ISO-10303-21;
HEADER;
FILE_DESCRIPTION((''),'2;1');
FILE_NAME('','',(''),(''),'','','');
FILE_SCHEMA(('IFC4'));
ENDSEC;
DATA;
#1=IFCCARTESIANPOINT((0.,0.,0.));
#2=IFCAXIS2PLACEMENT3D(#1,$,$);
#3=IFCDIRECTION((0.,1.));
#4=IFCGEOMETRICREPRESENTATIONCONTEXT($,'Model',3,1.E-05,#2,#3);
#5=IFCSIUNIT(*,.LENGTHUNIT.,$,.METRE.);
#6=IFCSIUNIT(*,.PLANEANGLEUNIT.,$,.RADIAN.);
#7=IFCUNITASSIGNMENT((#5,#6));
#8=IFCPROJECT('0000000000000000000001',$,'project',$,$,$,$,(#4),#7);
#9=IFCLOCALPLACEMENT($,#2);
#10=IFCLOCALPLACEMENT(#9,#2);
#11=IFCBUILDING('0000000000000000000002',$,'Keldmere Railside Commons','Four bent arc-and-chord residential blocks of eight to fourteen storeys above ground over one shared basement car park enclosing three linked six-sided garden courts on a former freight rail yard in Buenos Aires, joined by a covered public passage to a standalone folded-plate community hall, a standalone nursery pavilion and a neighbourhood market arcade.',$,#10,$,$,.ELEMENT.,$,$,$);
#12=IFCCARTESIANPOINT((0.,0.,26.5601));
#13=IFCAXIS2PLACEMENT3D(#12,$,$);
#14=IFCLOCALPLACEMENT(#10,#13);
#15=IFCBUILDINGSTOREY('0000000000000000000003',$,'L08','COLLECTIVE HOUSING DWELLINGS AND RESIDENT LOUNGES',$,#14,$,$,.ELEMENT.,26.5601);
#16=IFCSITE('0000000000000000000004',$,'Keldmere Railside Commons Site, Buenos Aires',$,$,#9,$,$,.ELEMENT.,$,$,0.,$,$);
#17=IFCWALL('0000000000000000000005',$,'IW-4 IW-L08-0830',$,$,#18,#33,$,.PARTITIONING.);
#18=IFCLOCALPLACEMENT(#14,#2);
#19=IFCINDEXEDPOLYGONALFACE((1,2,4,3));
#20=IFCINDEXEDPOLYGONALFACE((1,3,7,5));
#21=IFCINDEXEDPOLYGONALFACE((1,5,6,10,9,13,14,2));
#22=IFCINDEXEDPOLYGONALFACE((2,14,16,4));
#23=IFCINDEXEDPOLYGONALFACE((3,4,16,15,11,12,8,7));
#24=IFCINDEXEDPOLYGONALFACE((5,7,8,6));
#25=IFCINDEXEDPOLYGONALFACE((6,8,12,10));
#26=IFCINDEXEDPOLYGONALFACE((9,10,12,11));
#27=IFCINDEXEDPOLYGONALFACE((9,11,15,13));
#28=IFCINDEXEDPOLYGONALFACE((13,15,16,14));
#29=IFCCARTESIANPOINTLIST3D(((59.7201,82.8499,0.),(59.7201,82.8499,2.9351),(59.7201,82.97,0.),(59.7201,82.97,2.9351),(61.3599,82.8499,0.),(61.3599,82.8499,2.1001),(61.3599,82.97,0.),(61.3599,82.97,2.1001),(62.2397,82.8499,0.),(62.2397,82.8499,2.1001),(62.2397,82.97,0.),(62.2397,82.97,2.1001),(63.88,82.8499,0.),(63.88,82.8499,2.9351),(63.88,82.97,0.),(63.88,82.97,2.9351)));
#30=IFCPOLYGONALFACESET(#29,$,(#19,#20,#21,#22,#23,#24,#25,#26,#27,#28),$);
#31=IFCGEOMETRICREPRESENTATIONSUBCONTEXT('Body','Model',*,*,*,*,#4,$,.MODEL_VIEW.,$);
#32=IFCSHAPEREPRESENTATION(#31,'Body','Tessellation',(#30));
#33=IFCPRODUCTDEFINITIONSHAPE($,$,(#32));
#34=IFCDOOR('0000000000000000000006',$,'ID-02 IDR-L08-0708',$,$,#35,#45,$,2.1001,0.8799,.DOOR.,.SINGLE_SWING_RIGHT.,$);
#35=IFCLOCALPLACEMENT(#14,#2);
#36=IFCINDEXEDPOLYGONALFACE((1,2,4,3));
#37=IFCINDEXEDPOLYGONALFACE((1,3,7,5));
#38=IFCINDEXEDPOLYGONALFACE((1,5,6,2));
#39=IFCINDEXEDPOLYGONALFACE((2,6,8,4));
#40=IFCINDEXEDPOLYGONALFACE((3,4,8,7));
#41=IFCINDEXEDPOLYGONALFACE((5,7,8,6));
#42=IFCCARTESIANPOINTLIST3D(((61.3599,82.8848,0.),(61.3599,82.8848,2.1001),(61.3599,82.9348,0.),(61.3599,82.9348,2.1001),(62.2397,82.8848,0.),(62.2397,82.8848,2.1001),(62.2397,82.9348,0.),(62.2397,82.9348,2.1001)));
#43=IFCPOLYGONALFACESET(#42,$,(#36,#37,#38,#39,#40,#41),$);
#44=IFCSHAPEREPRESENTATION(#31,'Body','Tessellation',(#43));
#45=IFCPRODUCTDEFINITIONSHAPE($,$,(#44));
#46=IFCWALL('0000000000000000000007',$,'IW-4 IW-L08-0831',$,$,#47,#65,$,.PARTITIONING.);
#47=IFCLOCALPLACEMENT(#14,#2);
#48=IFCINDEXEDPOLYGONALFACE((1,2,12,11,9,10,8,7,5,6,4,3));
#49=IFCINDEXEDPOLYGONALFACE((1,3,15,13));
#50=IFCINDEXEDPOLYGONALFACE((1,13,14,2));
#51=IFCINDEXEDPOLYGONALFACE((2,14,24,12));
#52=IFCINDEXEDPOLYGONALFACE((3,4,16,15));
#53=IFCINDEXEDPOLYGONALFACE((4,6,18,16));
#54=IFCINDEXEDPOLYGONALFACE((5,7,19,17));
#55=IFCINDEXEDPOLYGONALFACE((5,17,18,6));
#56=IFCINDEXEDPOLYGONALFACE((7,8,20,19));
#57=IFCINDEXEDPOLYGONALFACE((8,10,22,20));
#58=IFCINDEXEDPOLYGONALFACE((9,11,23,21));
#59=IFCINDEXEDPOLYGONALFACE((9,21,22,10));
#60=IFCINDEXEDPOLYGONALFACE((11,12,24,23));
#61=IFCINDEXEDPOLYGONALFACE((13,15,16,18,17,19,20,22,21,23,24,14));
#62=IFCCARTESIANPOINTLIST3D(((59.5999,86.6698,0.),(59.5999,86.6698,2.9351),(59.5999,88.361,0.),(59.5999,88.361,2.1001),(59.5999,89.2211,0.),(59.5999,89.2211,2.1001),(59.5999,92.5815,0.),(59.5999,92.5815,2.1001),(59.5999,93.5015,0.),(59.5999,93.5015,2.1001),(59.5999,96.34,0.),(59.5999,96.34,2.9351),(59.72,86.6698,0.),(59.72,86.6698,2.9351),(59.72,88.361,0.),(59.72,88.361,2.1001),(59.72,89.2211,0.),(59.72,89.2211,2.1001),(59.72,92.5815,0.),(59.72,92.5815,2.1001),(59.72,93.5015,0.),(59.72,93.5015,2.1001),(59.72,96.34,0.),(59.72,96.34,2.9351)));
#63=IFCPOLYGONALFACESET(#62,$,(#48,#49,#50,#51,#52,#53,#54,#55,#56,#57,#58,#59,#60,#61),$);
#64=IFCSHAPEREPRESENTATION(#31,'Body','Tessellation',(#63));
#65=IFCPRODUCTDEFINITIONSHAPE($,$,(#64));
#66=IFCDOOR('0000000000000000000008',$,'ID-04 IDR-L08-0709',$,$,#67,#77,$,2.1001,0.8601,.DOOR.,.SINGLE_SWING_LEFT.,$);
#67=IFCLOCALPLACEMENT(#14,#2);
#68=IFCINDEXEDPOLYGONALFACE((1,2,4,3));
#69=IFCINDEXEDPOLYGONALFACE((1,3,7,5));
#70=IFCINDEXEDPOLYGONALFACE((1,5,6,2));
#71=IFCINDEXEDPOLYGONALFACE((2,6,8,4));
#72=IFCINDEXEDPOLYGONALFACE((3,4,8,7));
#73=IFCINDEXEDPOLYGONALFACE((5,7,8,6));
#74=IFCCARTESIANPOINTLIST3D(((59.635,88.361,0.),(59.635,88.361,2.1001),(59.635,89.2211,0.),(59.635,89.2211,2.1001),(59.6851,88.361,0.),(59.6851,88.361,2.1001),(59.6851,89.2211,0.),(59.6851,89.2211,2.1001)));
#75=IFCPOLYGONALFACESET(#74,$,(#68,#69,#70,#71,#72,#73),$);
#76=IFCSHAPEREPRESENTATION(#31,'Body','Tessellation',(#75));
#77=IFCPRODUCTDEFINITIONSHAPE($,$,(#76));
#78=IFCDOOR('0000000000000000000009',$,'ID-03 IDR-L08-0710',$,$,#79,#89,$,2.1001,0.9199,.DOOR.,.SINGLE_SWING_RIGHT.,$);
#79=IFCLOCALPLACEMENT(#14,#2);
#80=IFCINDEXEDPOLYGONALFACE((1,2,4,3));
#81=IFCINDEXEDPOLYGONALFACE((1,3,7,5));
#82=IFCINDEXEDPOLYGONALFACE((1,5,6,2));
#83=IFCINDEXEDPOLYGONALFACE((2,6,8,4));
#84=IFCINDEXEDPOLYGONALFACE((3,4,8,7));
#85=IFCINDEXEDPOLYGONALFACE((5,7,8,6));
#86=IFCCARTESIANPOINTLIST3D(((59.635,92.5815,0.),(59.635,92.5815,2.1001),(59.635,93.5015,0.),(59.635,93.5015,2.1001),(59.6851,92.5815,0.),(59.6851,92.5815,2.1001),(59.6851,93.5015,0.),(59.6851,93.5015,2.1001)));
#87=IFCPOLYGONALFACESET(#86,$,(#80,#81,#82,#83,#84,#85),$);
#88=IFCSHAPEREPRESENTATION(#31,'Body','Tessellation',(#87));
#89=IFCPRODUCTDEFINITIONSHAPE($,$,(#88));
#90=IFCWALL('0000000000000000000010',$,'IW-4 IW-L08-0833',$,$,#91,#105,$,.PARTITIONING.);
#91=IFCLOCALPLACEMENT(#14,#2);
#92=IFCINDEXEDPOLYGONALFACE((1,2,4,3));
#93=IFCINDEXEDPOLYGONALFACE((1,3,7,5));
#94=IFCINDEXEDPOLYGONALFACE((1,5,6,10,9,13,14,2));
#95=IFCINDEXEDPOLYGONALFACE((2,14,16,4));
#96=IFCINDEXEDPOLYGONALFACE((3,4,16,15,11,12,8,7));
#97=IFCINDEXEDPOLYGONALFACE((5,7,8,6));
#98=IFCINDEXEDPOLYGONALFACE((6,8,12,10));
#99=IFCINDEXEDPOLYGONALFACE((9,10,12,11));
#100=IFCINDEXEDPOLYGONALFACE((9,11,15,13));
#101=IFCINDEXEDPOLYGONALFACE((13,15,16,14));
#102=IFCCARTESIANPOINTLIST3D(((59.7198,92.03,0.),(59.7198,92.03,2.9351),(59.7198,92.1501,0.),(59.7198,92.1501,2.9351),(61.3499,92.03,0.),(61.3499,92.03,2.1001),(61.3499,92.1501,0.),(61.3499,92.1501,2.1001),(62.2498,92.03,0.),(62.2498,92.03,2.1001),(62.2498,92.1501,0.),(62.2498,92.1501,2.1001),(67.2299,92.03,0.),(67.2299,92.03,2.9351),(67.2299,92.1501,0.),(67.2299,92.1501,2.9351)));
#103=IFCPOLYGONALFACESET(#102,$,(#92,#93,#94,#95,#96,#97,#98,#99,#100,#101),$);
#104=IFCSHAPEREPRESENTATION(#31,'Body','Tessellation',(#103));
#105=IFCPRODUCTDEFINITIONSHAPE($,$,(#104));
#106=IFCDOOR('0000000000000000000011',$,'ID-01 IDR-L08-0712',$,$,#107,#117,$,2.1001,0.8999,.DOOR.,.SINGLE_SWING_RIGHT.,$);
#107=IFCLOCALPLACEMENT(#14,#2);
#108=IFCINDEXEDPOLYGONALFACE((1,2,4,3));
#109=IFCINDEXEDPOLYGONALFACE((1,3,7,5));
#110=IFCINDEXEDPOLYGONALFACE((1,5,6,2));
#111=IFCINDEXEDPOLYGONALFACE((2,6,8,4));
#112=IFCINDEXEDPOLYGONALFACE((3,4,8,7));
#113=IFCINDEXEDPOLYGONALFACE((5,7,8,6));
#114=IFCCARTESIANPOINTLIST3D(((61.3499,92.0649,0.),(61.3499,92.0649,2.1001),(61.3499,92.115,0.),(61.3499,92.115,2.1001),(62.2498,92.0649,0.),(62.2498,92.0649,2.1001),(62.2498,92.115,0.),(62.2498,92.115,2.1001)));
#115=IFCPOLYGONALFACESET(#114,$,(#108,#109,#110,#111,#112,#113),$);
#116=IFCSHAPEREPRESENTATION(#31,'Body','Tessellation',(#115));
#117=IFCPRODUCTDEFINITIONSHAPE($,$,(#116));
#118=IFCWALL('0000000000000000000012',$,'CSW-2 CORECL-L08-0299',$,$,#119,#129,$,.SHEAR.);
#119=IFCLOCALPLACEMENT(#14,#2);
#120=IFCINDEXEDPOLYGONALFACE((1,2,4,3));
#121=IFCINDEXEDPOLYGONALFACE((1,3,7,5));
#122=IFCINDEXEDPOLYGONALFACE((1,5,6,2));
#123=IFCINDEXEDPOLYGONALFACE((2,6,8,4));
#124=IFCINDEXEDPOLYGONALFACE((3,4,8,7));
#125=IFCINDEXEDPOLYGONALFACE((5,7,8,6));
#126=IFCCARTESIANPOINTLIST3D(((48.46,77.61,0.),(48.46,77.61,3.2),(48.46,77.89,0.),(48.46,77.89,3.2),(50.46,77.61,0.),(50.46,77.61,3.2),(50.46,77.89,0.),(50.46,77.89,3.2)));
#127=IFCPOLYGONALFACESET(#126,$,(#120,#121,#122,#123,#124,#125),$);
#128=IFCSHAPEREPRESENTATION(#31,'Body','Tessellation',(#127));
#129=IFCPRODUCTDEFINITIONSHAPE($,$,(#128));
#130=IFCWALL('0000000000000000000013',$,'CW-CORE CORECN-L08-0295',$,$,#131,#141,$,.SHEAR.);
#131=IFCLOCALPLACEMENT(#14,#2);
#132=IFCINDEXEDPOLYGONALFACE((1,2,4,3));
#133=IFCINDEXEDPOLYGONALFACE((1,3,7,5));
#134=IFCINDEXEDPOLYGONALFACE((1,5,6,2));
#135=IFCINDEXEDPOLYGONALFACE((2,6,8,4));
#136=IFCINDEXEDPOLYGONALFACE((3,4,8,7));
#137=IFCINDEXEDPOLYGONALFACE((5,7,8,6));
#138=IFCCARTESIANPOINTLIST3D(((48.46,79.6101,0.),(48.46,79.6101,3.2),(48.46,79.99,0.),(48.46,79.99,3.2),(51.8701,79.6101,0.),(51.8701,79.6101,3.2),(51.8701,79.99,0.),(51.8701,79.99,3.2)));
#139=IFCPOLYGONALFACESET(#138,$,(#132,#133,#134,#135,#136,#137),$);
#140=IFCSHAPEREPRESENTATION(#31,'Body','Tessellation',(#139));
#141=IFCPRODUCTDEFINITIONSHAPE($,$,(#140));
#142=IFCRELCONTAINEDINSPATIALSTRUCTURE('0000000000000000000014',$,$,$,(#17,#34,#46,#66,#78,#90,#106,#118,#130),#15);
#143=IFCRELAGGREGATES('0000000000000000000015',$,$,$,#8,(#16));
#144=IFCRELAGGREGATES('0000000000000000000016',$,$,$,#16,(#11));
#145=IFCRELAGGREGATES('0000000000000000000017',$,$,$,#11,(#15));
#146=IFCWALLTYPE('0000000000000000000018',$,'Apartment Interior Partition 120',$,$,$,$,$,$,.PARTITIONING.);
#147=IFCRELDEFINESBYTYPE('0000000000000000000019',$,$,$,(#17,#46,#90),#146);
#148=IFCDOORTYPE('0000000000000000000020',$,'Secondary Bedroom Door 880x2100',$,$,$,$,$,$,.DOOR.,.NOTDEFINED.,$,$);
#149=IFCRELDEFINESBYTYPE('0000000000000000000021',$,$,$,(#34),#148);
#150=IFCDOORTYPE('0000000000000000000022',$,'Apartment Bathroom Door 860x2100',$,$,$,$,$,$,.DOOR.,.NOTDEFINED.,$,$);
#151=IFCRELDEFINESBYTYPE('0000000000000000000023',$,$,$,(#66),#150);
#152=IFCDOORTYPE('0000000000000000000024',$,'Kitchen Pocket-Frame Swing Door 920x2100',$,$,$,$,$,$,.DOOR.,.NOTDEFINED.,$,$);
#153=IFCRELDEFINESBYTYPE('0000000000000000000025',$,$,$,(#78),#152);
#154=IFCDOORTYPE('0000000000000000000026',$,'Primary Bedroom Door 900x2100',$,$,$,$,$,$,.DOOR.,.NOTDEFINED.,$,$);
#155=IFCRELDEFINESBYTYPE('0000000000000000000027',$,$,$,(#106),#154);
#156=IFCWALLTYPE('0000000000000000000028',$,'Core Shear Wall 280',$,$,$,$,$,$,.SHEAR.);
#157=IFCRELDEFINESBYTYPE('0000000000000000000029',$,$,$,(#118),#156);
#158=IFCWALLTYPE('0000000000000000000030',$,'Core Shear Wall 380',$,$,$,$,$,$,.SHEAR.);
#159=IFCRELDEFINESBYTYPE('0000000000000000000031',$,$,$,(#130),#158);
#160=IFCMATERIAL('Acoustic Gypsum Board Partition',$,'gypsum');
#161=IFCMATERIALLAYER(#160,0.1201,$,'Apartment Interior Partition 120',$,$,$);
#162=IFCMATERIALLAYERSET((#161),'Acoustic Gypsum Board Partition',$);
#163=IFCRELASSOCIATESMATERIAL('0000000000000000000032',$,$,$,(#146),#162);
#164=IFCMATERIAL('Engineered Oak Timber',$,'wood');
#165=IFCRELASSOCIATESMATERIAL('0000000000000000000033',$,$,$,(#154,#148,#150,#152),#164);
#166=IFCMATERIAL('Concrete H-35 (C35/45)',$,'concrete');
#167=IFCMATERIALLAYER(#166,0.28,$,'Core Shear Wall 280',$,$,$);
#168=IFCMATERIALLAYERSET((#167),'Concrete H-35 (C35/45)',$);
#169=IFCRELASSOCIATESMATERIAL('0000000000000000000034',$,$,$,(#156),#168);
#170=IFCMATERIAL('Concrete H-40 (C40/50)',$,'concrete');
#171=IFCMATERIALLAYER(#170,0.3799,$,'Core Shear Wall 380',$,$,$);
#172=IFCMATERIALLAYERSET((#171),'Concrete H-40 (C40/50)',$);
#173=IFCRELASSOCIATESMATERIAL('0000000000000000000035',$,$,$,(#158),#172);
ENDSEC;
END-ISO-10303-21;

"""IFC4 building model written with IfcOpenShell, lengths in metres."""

from ifc_helpers import new_model, si_unit, direction, frame, frame_2d, origin, place, context, subcontext, project, spatial, rectangle, extrude, material, layer, layer_set, type_object, element, fill, save


model = new_model("IFC4")

# Units and contexts
model_context = context("Model", 3, precision=1e-05, world=origin(), true_north=direction((0.0, 1.0)))
body_context = subcontext(model_context, "Body", "Model", "MODEL_VIEW")
ifc_project = project(units=[si_unit("LENGTHUNIT", "METRE"), si_unit("PLANEANGLEUNIT", "RADIAN")], contexts=[model_context])

# Site, building, storey
site_placement = place(None, origin())
site = spatial("IfcSite", under=ifc_project, at=site_placement, Name="Keldmere Railside Commons Site, Buenos Aires", CompositionType="ELEMENT", RefElevation=0.0)
building_placement = place(site_placement, origin())
building = spatial("IfcBuilding", under=site, at=building_placement, Name="Keldmere Railside Commons", Description="Four bent arc-and-chord residential blocks of eight to fourteen storeys above ground over one shared basement car park enclosing three linked six-sided garden courts on a former freight rail yard in Buenos Aires, joined by a covered public passage to a standalone folded-plate community hall, a standalone nursery pavilion and a neighbourhood market arcade.", CompositionType="ELEMENT")
storey_placement = place(building_placement, frame((0.0, 0.0, 26.5601)))
storey = spatial("IfcBuildingStorey", under=building, at=storey_placement, Name="L08", Description="COLLECTIVE HOUSING DWELLINGS AND RESIDENT LOUNGES", CompositionType="ELEMENT", Elevation=26.5601)

# Shared definitions
ifc_material_1 = material(Name="Concrete H-35 (C35/45)", Category="concrete")

# Shared definitions
ifc_material_2 = material(Name="Acoustic Gypsum Board Partition", Category="gypsum")

# Wall, opening, door
ifc_layer_1 = layer(ifc_material_2, 0.1201, Name="Apartment Interior Partition 120")
ifc_layer_set_1 = layer_set([ifc_layer_1], Name="Acoustic Gypsum Board Partition")
wall_type_1 = type_object("IfcWallType", Name="Apartment Interior Partition 120", PredefinedType="PARTITIONING", material=ifc_layer_set_1)
ifc_material_3 = material(Name="Engineered Oak Timber", Category="wood")
door_type_1 = type_object("IfcDoorType", Name="Primary Bedroom Door 900x2100", OperationType="NOTDEFINED", PredefinedType="DOOR", material=ifc_material_3)
wall_1_placement = place(storey_placement, frame((59.72, 82.9099, 0.0), z_axis=(0.0, 0.0, 1.0), x_axis=(1.0, 0.0, 0.0)))
wall_1 = element("IfcWall", 1, at=wall_1_placement, inside=storey, type_object=wall_type_1, Name="IW-4 IW-L08-0830", PredefinedType="PARTITIONING", context=body_context, shape_type="SweptSolid", body=[
    extrude(rectangle(XDim=4.1599, YDim=0.1201, at=frame_2d((2.0801, 0.0))), origin(), (0.0, 0.0, 1.0), 2.9351),
])
opening_1_placement = place(wall_1_placement, frame((1.6399, 0.0, 0.0)))
opening_1 = element("IfcOpeningElement", 2, at=opening_1_placement, cuts=wall_1, PredefinedType="OPENING", context=body_context, shape_type="SweptSolid", body=[
    extrude(rectangle(XDim=0.8799, YDim=2.1001, at=frame_2d((0.4399, 1.05))), frame((0.0, 0.0701, 0.0), z_axis=(0.0, -1.0, 0.0), x_axis=(1.0, 0.0, 0.0)), (0.0, 0.0, 1.0), 0.1401),
])
door_type_2 = type_object("IfcDoorType", Name="Secondary Bedroom Door 880x2100", OperationType="NOTDEFINED", PredefinedType="DOOR", material=ifc_material_3)
door_1_placement = place(opening_1_placement, origin())
door_1 = element("IfcDoor", 3, at=door_1_placement, inside=storey, type_object=door_type_2, Name="ID-02 IDR-L08-0708", OperationType="SINGLE_SWING_RIGHT", OverallHeight=2.1001, OverallWidth=0.8799, PredefinedType="DOOR", context=body_context, shape_type="SweptSolid", body=[
    extrude(rectangle(XDim=0.8799, YDim=2.1001, at=frame_2d((0.4399, 1.05))), frame((0.0, 0.0249, 0.0), z_axis=(0.0, -1.0, 0.0), x_axis=(1.0, 0.0, 0.0)), (0.0, 0.0, 1.0), 0.05),
])
fill(opening_1, door_1)

# Wall, openings, doors
wall_2_placement = place(storey_placement, frame((59.6599, 86.6699, 0.0), z_axis=(0.0, 0.0, 1.0), x_axis=(0.0, 1.0, 0.0)))
wall_2 = element("IfcWall", 4, at=wall_2_placement, inside=storey, type_object=wall_type_1, Name="IW-4 IW-L08-0831", PredefinedType="PARTITIONING", context=body_context, shape_type="SweptSolid", body=[
    extrude(rectangle(XDim=9.6702, YDim=0.1201, at=frame_2d((4.835, 0.0))), origin(), (0.0, 0.0, 1.0), 2.9351),
])
opening_2_placement = place(wall_2_placement, frame((1.6909, 0.0, 0.0)))
opening_2 = element("IfcOpeningElement", 5, at=opening_2_placement, cuts=wall_2, PredefinedType="OPENING", context=body_context, shape_type="SweptSolid", body=[
    extrude(rectangle(XDim=0.8601, YDim=2.1001, at=frame_2d((0.4302, 1.05))), frame((0.0, 0.0701, 0.0), z_axis=(0.0, -1.0, 0.0), x_axis=(1.0, 0.0, 0.0)), (0.0, 0.0, 1.0), 0.1401),
])
opening_3_placement = place(wall_2_placement, frame((5.9116, 0.0, 0.0)))
opening_3 = element("IfcOpeningElement", 6, at=opening_3_placement, cuts=wall_2, PredefinedType="OPENING", context=body_context, shape_type="SweptSolid", body=[
    extrude(rectangle(XDim=0.9199, YDim=2.1001, at=frame_2d((0.46, 1.05))), frame((0.0, 0.0701, 0.0), z_axis=(0.0, -1.0, 0.0), x_axis=(1.0, 0.0, 0.0)), (0.0, 0.0, 1.0), 0.1401),
])
door_type_3 = type_object("IfcDoorType", Name="Apartment Bathroom Door 860x2100", OperationType="NOTDEFINED", PredefinedType="DOOR", material=ifc_material_3)
door_2_placement = place(opening_2_placement, origin())
door_2 = element("IfcDoor", 7, at=door_2_placement, inside=storey, type_object=door_type_3, Name="ID-04 IDR-L08-0709", OperationType="SINGLE_SWING_LEFT", OverallHeight=2.1001, OverallWidth=0.8601, PredefinedType="DOOR", context=body_context, shape_type="SweptSolid", body=[
    extrude(rectangle(XDim=0.8601, YDim=2.1001, at=frame_2d((0.4302, 1.05))), frame((0.0, 0.0249, 0.0), z_axis=(0.0, -1.0, 0.0), x_axis=(1.0, 0.0, 0.0)), (0.0, 0.0, 1.0), 0.05),
])
fill(opening_2, door_2)
door_type_4 = type_object("IfcDoorType", Name="Kitchen Pocket-Frame Swing Door 920x2100", OperationType="NOTDEFINED", PredefinedType="DOOR", material=ifc_material_3)
door_3_placement = place(opening_3_placement, origin())
door_3 = element("IfcDoor", 8, at=door_3_placement, inside=storey, type_object=door_type_4, Name="ID-03 IDR-L08-0710", OperationType="SINGLE_SWING_RIGHT", OverallHeight=2.1001, OverallWidth=0.9199, PredefinedType="DOOR", context=body_context, shape_type="SweptSolid", body=[
    extrude(rectangle(XDim=0.9199, YDim=2.1001, at=frame_2d((0.46, 1.05))), frame((0.0, 0.0249, 0.0), z_axis=(0.0, -1.0, 0.0), x_axis=(1.0, 0.0, 0.0)), (0.0, 0.0, 1.0), 0.05),
])
fill(opening_3, door_3)

# Wall, opening, door
wall_3_placement = place(storey_placement, frame((59.72, 92.0901, 0.0), z_axis=(0.0, 0.0, 1.0), x_axis=(1.0, 0.0, 0.0)))
wall_3 = element("IfcWall", 9, at=wall_3_placement, inside=storey, type_object=wall_type_1, Name="IW-4 IW-L08-0833", PredefinedType="PARTITIONING", context=body_context, shape_type="SweptSolid", body=[
    extrude(rectangle(XDim=7.51, YDim=0.1201, at=frame_2d((3.7549, 0.0))), origin(), (0.0, 0.0, 1.0), 2.9351),
])
opening_4_placement = place(wall_3_placement, frame((1.6299, 0.0, 0.0)))
opening_4 = element("IfcOpeningElement", 10, at=opening_4_placement, cuts=wall_3, PredefinedType="OPENING", context=body_context, shape_type="SweptSolid", body=[
    extrude(rectangle(XDim=0.8999, YDim=2.1001, at=frame_2d((0.45, 1.05))), frame((0.0, 0.0701, 0.0), z_axis=(0.0, -1.0, 0.0), x_axis=(1.0, 0.0, 0.0)), (0.0, 0.0, 1.0), 0.1401),
])
door_4_placement = place(opening_4_placement, origin())
door_4 = element("IfcDoor", 11, at=door_4_placement, inside=storey, type_object=door_type_1, Name="ID-01 IDR-L08-0712", OperationType="SINGLE_SWING_RIGHT", OverallHeight=2.1001, OverallWidth=0.8999, PredefinedType="DOOR", context=body_context, shape_type="SweptSolid", body=[
    extrude(rectangle(XDim=0.8999, YDim=2.1001, at=frame_2d((0.45, 1.05))), frame((0.0, 0.0249, 0.0), z_axis=(0.0, -1.0, 0.0), x_axis=(1.0, 0.0, 0.0)), (0.0, 0.0, 1.0), 0.05),
])
fill(opening_4, door_4)

# Walls
ifc_layer_2 = layer(ifc_material_1, 0.28, Name="Core Shear Wall 280")
ifc_layer_set_2 = layer_set([ifc_layer_2], Name="Concrete H-35 (C35/45)")
wall_type_2 = type_object("IfcWallType", Name="Core Shear Wall 280", PredefinedType="SHEAR", material=ifc_layer_set_2)
wall_4_placement = place(storey_placement, frame((48.46, 77.75, 0.0), z_axis=(0.0, 0.0, 1.0), x_axis=(1.0, 0.0, 0.0)))
element("IfcWall", 12, at=wall_4_placement, inside=storey, type_object=wall_type_2, Name="CSW-2 CORECL-L08-0299", PredefinedType="SHEAR", context=body_context, shape_type="SweptSolid", body=[
    extrude(rectangle(XDim=2.0, YDim=0.28, at=frame_2d((1.0, 0.0))), origin(), (0.0, 0.0, 1.0), 3.2),
])
ifc_material_4 = material(Name="Concrete H-40 (C40/50)", Category="concrete")
ifc_layer_3 = layer(ifc_material_4, 0.3799, Name="Core Shear Wall 380")
ifc_layer_set_3 = layer_set([ifc_layer_3], Name="Concrete H-40 (C40/50)")
wall_type_3 = type_object("IfcWallType", Name="Core Shear Wall 380", PredefinedType="SHEAR", material=ifc_layer_set_3)
wall_5_placement = place(storey_placement, frame((48.46, 79.8, 0.0), z_axis=(0.0, 0.0, 1.0), x_axis=(1.0, 0.0, 0.0)))
element("IfcWall", 13, at=wall_5_placement, inside=storey, type_object=wall_type_3, Name="CW-CORE CORECN-L08-0295", PredefinedType="SHEAR", context=body_context, shape_type="SweptSolid", body=[
    extrude(rectangle(XDim=3.4102, YDim=0.3799, at=frame_2d((1.7051, 0.0))), origin(), (0.0, 0.0, 1.0), 3.2),
])

save(model, "model.ifc")
